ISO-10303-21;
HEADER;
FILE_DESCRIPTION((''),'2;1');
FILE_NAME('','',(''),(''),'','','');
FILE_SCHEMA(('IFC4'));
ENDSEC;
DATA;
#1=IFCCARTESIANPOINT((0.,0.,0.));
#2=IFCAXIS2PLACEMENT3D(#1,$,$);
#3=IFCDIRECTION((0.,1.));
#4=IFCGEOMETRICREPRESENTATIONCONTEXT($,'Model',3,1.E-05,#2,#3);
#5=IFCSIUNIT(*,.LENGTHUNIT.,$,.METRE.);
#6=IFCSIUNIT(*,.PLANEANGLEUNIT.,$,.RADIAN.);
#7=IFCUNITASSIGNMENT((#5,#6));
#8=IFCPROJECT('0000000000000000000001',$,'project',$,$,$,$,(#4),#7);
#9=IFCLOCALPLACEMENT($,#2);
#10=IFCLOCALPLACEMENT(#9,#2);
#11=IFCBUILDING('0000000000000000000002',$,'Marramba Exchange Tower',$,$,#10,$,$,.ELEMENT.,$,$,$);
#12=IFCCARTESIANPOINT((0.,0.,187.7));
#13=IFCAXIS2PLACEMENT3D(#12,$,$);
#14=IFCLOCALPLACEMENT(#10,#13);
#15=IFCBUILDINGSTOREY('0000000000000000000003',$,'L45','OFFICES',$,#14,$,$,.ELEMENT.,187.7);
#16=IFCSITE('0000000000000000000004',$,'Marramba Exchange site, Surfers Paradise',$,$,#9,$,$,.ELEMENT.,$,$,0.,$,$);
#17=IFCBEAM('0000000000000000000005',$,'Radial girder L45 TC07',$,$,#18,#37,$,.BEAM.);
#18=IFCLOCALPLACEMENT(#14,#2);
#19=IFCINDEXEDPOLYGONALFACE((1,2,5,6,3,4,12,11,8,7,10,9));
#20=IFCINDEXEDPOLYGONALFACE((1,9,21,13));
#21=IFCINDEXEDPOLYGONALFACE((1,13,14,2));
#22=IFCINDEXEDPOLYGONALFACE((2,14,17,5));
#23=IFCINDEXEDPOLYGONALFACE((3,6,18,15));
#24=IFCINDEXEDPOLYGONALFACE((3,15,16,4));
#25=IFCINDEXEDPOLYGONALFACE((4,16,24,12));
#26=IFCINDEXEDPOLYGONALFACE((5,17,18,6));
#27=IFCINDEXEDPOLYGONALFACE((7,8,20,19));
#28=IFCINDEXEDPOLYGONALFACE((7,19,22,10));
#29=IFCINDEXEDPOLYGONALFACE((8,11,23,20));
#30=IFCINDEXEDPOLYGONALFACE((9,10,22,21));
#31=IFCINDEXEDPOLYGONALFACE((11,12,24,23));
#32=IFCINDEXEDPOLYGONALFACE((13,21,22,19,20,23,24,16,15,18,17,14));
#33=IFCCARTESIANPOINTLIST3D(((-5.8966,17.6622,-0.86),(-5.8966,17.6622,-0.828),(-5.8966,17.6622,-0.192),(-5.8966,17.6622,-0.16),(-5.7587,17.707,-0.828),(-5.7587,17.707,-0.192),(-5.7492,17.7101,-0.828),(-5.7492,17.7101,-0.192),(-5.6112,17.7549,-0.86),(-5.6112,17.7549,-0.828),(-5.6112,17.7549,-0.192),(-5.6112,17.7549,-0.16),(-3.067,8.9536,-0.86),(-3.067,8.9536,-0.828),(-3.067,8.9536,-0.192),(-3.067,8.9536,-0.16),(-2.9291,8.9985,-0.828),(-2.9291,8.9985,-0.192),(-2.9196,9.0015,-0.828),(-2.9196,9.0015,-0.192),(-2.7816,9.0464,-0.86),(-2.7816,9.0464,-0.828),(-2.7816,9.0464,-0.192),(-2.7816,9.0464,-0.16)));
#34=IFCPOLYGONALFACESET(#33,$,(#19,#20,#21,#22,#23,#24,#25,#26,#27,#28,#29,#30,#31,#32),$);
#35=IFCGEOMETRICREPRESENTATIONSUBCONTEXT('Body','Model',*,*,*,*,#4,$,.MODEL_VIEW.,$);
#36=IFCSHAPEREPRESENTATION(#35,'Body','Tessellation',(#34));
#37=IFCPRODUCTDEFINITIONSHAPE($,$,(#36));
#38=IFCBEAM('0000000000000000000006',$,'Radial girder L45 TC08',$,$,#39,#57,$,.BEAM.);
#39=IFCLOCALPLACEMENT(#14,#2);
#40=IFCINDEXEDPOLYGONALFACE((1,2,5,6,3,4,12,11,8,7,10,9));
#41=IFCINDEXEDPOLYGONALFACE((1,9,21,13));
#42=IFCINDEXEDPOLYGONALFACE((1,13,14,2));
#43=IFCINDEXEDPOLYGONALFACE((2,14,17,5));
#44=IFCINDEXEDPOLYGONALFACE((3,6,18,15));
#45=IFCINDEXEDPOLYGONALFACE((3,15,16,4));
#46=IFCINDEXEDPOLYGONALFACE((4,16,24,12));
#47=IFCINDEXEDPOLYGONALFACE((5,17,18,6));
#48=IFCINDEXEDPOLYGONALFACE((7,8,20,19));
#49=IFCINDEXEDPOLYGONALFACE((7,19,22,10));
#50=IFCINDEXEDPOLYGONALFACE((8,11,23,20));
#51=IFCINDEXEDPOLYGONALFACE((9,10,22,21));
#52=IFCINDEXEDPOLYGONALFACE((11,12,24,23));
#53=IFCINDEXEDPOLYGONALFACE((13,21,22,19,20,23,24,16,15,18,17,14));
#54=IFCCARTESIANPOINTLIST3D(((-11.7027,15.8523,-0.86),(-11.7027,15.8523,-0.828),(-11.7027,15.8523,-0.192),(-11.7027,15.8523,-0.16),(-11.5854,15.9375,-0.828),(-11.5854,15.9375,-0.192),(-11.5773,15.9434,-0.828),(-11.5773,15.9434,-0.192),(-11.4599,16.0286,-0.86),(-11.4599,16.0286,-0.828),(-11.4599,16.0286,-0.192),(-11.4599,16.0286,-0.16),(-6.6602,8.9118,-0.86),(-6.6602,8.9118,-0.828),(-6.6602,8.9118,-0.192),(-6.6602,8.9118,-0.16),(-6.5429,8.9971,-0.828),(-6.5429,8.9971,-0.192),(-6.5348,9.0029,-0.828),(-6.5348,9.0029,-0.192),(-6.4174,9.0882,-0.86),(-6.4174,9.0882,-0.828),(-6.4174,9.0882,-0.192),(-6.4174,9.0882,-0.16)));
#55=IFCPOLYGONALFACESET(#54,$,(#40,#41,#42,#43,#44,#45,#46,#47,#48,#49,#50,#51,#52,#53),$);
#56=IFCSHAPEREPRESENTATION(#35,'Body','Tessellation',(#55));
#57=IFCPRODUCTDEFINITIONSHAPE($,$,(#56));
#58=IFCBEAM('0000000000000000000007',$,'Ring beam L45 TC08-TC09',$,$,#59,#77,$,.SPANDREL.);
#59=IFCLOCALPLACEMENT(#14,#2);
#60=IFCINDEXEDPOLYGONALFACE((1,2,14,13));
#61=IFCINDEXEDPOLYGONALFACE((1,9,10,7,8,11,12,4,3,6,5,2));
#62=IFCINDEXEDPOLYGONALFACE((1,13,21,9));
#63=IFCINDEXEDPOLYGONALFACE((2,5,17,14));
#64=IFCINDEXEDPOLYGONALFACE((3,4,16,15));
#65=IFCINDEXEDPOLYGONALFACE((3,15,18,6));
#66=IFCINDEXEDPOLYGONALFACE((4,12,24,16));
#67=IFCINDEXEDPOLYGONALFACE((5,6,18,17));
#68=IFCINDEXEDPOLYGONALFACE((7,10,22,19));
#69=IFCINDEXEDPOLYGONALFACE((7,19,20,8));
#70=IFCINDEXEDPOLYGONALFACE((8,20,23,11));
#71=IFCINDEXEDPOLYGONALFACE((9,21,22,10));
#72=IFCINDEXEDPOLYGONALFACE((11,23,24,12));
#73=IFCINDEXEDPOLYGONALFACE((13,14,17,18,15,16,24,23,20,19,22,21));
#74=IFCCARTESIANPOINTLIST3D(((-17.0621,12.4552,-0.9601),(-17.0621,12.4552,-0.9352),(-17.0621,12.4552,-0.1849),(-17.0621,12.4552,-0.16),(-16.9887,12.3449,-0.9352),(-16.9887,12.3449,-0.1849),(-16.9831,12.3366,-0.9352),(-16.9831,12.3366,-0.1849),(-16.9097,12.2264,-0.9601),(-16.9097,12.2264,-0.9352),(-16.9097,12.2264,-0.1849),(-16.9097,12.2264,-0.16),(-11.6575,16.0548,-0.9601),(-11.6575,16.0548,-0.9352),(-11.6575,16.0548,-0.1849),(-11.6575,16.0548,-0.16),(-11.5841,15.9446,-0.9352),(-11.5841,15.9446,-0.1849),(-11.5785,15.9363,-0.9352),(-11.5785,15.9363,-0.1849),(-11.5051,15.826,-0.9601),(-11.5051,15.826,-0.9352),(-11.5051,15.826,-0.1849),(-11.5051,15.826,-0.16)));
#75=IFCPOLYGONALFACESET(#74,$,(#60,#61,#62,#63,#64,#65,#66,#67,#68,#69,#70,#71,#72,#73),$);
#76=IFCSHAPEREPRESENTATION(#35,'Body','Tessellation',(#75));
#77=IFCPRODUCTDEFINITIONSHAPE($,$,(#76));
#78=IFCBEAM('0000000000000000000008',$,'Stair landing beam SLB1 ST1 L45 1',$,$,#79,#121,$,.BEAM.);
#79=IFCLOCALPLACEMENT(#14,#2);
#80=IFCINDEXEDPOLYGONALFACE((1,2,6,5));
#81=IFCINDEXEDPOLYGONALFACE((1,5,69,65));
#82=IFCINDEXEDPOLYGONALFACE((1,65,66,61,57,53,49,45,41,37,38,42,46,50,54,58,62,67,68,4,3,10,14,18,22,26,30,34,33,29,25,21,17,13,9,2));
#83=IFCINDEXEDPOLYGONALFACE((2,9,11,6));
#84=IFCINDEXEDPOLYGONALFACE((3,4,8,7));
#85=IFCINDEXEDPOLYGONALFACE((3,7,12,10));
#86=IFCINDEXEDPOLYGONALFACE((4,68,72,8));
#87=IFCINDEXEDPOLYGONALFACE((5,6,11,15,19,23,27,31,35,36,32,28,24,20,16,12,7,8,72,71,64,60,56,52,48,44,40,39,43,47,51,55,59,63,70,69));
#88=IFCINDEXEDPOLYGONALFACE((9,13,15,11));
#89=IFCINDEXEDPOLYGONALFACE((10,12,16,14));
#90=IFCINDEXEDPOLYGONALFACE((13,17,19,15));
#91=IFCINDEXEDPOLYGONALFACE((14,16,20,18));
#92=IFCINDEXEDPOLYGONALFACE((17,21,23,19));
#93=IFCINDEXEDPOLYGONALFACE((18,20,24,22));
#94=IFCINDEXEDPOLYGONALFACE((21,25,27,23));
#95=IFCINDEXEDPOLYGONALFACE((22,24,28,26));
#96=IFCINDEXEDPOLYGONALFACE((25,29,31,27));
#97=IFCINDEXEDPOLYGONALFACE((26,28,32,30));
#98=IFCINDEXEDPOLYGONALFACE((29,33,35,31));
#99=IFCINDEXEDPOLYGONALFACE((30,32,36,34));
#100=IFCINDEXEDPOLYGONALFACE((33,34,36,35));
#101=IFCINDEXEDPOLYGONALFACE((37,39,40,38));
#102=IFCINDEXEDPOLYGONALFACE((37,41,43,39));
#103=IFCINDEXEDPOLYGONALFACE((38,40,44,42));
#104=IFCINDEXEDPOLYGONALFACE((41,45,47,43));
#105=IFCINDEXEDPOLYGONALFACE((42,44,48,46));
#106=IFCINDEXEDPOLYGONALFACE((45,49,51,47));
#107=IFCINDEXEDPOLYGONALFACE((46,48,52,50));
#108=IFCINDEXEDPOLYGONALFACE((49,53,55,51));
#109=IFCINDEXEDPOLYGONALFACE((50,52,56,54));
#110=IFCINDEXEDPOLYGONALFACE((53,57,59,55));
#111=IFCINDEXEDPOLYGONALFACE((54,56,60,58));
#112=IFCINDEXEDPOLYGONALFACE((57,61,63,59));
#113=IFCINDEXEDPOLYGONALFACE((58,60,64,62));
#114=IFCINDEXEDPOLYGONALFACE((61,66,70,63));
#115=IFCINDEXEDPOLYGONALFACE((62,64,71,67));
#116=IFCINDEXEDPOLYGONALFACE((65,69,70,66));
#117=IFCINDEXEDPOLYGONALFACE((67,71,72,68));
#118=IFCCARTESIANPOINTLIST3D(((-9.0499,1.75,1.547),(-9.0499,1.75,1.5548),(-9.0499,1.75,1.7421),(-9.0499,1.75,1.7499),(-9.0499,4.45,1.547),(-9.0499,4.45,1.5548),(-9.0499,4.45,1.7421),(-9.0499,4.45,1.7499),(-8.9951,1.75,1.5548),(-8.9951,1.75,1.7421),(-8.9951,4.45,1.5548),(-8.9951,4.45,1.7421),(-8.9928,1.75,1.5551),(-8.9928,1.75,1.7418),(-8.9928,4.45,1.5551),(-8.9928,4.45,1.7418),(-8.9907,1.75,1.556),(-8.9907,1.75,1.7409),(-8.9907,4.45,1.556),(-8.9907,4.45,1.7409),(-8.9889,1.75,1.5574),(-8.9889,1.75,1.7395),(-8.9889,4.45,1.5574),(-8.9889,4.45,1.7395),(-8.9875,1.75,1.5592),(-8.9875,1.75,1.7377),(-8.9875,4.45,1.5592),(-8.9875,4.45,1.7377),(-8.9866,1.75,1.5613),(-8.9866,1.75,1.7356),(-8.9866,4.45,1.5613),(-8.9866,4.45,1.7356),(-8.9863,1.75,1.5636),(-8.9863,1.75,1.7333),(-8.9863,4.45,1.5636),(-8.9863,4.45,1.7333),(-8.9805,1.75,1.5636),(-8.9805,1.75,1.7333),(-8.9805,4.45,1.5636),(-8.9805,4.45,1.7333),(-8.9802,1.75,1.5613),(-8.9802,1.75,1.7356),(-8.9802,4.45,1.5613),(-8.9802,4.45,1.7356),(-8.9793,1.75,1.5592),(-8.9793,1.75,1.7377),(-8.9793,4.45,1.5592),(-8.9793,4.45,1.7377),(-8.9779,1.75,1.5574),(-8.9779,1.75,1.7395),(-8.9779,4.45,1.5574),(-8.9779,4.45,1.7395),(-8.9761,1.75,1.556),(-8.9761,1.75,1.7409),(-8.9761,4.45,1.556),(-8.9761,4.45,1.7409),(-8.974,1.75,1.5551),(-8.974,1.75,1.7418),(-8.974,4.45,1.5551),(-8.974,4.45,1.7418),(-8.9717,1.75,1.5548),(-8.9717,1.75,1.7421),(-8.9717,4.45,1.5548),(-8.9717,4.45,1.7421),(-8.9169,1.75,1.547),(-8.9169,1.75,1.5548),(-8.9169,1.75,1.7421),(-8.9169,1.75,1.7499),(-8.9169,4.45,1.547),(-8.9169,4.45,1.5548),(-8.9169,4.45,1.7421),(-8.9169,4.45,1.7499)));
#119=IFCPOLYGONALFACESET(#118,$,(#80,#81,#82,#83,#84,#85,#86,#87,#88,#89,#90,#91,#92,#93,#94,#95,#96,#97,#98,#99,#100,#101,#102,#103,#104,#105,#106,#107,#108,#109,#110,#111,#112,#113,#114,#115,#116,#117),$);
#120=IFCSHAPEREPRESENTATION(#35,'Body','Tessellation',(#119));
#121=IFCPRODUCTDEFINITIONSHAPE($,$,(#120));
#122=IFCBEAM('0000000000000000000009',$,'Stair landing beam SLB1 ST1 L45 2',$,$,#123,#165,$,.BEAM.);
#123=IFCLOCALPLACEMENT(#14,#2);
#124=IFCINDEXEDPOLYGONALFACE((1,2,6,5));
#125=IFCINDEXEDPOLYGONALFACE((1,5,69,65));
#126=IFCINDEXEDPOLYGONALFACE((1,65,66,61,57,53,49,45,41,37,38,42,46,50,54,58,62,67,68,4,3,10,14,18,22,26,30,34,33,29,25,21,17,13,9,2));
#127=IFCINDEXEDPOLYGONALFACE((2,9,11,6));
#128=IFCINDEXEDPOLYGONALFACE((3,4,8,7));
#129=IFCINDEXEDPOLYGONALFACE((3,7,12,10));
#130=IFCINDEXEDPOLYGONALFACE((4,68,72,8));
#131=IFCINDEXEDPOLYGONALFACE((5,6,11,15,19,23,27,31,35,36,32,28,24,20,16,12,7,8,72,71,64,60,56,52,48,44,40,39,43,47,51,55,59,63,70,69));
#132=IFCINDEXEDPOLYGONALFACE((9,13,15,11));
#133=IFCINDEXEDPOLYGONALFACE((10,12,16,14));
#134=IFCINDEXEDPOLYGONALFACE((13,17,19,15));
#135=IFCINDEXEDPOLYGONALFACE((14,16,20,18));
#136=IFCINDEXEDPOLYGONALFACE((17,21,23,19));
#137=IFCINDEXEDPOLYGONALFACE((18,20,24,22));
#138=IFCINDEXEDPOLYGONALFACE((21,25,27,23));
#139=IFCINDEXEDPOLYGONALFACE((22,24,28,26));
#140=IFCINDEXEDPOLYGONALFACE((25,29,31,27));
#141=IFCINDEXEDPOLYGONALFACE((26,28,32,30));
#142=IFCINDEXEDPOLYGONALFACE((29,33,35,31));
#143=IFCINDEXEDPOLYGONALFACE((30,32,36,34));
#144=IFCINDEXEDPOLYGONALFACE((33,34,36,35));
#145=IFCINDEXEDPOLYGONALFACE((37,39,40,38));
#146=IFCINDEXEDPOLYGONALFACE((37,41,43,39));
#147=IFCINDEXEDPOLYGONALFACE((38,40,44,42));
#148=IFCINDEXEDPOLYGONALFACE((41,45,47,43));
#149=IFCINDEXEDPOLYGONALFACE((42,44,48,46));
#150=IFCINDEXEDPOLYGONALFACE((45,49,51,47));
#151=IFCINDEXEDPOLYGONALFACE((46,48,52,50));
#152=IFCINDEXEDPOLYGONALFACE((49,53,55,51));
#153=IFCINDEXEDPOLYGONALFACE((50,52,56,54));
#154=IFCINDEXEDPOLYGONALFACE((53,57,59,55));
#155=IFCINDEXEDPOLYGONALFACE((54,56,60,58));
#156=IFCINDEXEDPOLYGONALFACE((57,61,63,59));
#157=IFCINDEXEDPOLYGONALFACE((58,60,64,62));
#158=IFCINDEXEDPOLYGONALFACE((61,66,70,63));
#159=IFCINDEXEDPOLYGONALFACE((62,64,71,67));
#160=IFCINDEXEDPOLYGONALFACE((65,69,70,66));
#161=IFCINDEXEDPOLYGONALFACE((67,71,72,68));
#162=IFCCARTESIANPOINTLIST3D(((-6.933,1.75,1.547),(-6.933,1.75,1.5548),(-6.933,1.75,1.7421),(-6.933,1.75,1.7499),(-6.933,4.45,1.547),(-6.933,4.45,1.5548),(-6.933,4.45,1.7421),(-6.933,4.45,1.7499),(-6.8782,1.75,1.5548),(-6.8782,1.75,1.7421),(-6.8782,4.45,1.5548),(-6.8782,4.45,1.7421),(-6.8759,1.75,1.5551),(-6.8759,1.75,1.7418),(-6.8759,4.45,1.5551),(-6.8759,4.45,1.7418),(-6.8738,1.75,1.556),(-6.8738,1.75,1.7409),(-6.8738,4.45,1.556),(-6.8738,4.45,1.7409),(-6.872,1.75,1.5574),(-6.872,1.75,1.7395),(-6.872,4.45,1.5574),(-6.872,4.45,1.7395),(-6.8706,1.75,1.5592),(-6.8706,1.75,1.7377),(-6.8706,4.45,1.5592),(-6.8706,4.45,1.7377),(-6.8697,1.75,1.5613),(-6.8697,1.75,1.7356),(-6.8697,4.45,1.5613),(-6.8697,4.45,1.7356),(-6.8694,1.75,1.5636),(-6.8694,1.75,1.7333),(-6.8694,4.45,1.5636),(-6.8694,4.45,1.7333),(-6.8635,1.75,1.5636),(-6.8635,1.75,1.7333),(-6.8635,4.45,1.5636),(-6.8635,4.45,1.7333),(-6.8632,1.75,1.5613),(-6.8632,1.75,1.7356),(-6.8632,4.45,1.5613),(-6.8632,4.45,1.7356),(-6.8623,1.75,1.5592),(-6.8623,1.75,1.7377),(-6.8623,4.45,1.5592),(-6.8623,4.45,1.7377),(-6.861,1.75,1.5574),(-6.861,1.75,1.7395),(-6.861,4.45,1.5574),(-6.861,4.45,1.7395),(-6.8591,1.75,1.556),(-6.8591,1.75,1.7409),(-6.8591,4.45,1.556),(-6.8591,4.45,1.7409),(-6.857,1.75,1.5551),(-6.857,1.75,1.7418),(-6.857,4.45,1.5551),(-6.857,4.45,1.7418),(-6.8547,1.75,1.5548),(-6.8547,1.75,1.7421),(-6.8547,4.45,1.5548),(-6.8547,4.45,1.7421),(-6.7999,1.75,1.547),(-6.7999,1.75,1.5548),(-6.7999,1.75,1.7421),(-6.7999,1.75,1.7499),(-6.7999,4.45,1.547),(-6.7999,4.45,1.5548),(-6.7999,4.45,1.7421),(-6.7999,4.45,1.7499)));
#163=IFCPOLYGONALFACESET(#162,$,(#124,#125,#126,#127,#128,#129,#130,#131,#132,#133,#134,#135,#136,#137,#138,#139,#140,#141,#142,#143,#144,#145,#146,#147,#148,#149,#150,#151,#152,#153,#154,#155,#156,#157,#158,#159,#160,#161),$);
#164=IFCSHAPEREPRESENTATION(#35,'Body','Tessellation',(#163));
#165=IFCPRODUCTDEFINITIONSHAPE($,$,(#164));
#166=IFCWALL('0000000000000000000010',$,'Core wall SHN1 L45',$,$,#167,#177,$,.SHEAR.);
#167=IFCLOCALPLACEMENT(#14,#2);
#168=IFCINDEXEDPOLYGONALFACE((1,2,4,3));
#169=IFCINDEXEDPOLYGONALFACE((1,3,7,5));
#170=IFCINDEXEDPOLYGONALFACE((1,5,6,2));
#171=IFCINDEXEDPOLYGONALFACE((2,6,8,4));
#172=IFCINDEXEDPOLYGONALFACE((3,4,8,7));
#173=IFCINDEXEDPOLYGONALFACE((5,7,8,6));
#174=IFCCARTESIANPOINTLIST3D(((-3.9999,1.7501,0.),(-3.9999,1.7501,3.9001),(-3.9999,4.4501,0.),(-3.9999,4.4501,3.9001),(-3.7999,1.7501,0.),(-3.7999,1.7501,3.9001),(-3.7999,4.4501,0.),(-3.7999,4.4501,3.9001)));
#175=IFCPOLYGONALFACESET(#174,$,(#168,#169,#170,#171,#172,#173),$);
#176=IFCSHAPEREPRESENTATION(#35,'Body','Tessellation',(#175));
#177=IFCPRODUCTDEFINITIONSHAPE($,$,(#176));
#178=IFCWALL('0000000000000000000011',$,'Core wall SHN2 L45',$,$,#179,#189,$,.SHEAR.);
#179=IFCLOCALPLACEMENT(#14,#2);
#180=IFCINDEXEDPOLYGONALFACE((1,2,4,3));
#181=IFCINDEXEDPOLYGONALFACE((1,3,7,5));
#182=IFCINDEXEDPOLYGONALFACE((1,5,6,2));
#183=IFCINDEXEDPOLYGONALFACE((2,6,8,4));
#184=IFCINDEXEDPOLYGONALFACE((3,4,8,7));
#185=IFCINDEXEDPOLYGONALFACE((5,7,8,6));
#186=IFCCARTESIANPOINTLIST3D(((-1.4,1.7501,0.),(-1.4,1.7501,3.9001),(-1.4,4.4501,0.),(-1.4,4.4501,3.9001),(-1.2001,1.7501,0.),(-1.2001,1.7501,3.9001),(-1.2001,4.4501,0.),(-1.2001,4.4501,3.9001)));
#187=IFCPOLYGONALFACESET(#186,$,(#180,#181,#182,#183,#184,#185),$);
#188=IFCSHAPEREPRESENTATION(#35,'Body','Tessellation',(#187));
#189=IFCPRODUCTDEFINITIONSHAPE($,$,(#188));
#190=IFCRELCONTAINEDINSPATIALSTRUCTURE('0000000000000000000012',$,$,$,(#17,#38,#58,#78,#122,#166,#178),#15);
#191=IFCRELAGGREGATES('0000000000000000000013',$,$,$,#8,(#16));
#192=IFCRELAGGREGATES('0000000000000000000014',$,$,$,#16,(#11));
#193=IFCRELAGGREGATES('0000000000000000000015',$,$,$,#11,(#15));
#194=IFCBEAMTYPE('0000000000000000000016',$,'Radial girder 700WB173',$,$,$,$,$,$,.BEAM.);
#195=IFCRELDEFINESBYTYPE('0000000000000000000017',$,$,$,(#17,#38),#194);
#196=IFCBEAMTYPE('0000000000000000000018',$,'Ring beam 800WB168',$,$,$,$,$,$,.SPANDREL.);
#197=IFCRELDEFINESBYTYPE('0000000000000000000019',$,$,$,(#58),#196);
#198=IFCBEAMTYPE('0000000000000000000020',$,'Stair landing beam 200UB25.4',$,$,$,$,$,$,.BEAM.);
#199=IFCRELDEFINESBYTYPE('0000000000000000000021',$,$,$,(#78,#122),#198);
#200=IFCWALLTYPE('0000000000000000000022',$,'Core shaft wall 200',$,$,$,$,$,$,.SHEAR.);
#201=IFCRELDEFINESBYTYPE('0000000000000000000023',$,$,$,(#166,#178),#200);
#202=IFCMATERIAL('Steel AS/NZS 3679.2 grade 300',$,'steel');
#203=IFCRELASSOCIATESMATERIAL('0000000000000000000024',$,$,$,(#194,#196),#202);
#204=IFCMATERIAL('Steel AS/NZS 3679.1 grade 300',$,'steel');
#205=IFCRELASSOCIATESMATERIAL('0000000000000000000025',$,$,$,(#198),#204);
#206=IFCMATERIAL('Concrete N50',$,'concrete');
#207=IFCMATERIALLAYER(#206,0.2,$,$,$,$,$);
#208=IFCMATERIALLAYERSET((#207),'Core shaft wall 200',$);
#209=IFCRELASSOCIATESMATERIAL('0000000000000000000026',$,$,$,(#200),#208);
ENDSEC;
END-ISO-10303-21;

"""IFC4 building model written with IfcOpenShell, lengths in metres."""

from ifc_helpers import new_model, si_unit, direction, frame, frame_2d, origin, origin_2d, place, context, subcontext, project, spatial, rectangle, i_section, extrude, material, layer, layer_set, material_profile, profile_set, type_object, element, save


model = new_model("IFC4")

# Units and contexts
model_context = context("Model", 3, precision=1e-05, world=origin(), true_north=direction((0.0, 1.0)))
body_context = subcontext(model_context, "Body", "Model", "MODEL_VIEW")
ifc_project = project(units=[si_unit("LENGTHUNIT", "METRE"), si_unit("PLANEANGLEUNIT", "RADIAN")], contexts=[model_context])

# Site, building, storey
site_placement = place(None, origin())
site = spatial("IfcSite", under=ifc_project, at=site_placement, Name="Marramba Exchange site, Surfers Paradise", CompositionType="ELEMENT", RefElevation=0.0)
building_placement = place(site_placement, origin())
building = spatial("IfcBuilding", under=site, at=building_placement, Name="Marramba Exchange Tower", CompositionType="ELEMENT")
storey_placement = place(building_placement, frame((0.0, 0.0, 187.7)))
storey = spatial("IfcBuildingStorey", under=building, at=storey_placement, Name="L45", Description="OFFICES", CompositionType="ELEMENT", Elevation=187.7)

# Beams
ifc_material_1 = material(Name="Steel AS/NZS 3679.2 grade 300", Category="steel")
ifc_material_2 = material(Name="Steel AS/NZS 3679.1 grade 300", Category="steel")
ifc_material_profile_1 = material_profile(ifc_material_1, i_section(OverallWidth=0.3, OverallDepth=0.7, WebThickness=0.01, FlangeThickness=0.032, at=origin_2d()), Name="700WB173")
ifc_profile_set_1 = profile_set([ifc_material_profile_1], Name="Steel AS/NZS 3679.2 grade 300")
beam_type_1 = type_object("IfcBeamType", Name="Radial girder 700WB173", PredefinedType="BEAM", material=ifc_profile_set_1)
beam_1_placement = place(storey_placement, frame((-2.9243, 9.0, -0.51), z_axis=(-0.30902, 0.951056, 0.0), x_axis=(-0.951056, -0.30902, 0.0)))
element("IfcBeam", 1, at=beam_1_placement, inside=storey, type_object=beam_type_1, Name="Radial girder L45 TC07", PredefinedType="BEAM", context=body_context, shape_type="SweptSolid", body=[
    extrude(i_section(OverallWidth=0.3, OverallDepth=0.7, WebThickness=0.01, FlangeThickness=0.032, at=origin_2d()), origin(), (0.0, 0.0, 1.0), 9.1567),
])
beam_2_placement = place(storey_placement, frame((-6.5388, 9.0, -0.51), z_axis=(-0.587782, 0.809019, 0.0), x_axis=(-0.809019, -0.587782, 0.0)))
element("IfcBeam", 2, at=beam_2_placement, inside=storey, type_object=beam_type_1, Name="Radial girder L45 TC08", PredefinedType="BEAM", context=body_context, shape_type="SweptSolid", body=[
    extrude(i_section(OverallWidth=0.3, OverallDepth=0.7, WebThickness=0.01, FlangeThickness=0.032, at=origin_2d()), origin(), (0.0, 0.0, 1.0), 8.5789),
])
ifc_material_profile_2 = material_profile(ifc_material_1, i_section(OverallWidth=0.2749, OverallDepth=0.8, WebThickness=0.01, FlangeThickness=0.0249, at=origin_2d()), Name="800WB168")
ifc_profile_set_2 = profile_set([ifc_material_profile_2], Name="Steel AS/NZS 3679.2 grade 300")
beam_type_2 = type_object("IfcBeamType", Name="Ring beam 800WB168", PredefinedType="SPANDREL", material=ifc_profile_set_2)
beam_3_placement = place(storey_placement, frame((-11.5813, 15.9404, -0.5601), z_axis=(-0.832293, -0.554336, 0.0), x_axis=(0.554336, -0.832293, 0.0)))
element("IfcBeam", 3, at=beam_3_placement, inside=storey, type_object=beam_type_2, Name="Ring beam L45 TC08-TC09", PredefinedType="SPANDREL", context=body_context, shape_type="SweptSolid", body=[
    extrude(i_section(OverallWidth=0.2749, OverallDepth=0.8, WebThickness=0.01, FlangeThickness=0.0249, at=origin_2d()), origin(), (0.0, 0.0, 1.0), 6.4937),
])
ifc_material_profile_3 = material_profile(ifc_material_2, i_section(OverallWidth=0.1331, OverallDepth=0.2029, WebThickness=0.0059, FlangeThickness=0.0078, FilletRadius=0.0088, at=origin_2d()), Name="200UB25.4")
ifc_profile_set_3 = profile_set([ifc_material_profile_3], Name="Steel AS/NZS 3679.1 grade 300")
beam_type_3 = type_object("IfcBeamType", Name="Stair landing beam 200UB25.4", PredefinedType="BEAM", material=ifc_profile_set_3)
for number, where, z_axis, x_axis, name in (
    (4, (-8.9834, 1.75, 1.6484), (0.0, 1.0, 0.0), (-1.0, 0.0, 0.0), "Stair landing beam SLB1 ST1 L45 1"),
    (5, (-6.8665, 1.75, 1.6484), (0.0, 1.0, 0.0), (-1.0, 0.0, 0.0), "Stair landing beam SLB1 ST1 L45 2"),
):
    element("IfcBeam", number, at=place(storey_placement, frame(where, z_axis=z_axis, x_axis=x_axis)), inside=storey, type_object=beam_type_3, Name=name, PredefinedType="BEAM", context=body_context, shape_type="SweptSolid", body=[
        extrude(i_section(OverallWidth=0.1331, OverallDepth=0.2029, WebThickness=0.0059, FlangeThickness=0.0078, FilletRadius=0.0088, at=origin_2d()), origin(), (0.0, 0.0, 1.0), 2.7),
    ])

# Walls
ifc_material_3 = material(Name="Concrete N50", Category="concrete")
ifc_layer_1 = layer(ifc_material_3, 0.2)
ifc_layer_set_1 = layer_set([ifc_layer_1], Name="Core shaft wall 200")
wall_type_1 = type_object("IfcWallType", Name="Core shaft wall 200", PredefinedType="SHEAR", material=ifc_layer_set_1)
for number, where, z_axis, x_axis, name in (
    (6, (-3.8999, 1.75, 0.0), (0.0, 0.0, 1.0), (0.0, 1.0, 0.0), "Core wall SHN1 L45"),
    (7, (-1.3, 1.75, 0.0), (0.0, 0.0, 1.0), (0.0, 1.0, 0.0), "Core wall SHN2 L45"),
):
    element("IfcWall", number, at=place(storey_placement, frame(where, z_axis=z_axis, x_axis=x_axis)), inside=storey, type_object=wall_type_1, Name=name, PredefinedType="SHEAR", context=body_context, shape_type="SweptSolid", body=[
        extrude(rectangle(XDim=2.7, YDim=0.2, at=frame_2d((1.3501, 0.0))), origin(), (0.0, 0.0, 1.0), 3.9001),
    ])

save(model, "model.ifc")
